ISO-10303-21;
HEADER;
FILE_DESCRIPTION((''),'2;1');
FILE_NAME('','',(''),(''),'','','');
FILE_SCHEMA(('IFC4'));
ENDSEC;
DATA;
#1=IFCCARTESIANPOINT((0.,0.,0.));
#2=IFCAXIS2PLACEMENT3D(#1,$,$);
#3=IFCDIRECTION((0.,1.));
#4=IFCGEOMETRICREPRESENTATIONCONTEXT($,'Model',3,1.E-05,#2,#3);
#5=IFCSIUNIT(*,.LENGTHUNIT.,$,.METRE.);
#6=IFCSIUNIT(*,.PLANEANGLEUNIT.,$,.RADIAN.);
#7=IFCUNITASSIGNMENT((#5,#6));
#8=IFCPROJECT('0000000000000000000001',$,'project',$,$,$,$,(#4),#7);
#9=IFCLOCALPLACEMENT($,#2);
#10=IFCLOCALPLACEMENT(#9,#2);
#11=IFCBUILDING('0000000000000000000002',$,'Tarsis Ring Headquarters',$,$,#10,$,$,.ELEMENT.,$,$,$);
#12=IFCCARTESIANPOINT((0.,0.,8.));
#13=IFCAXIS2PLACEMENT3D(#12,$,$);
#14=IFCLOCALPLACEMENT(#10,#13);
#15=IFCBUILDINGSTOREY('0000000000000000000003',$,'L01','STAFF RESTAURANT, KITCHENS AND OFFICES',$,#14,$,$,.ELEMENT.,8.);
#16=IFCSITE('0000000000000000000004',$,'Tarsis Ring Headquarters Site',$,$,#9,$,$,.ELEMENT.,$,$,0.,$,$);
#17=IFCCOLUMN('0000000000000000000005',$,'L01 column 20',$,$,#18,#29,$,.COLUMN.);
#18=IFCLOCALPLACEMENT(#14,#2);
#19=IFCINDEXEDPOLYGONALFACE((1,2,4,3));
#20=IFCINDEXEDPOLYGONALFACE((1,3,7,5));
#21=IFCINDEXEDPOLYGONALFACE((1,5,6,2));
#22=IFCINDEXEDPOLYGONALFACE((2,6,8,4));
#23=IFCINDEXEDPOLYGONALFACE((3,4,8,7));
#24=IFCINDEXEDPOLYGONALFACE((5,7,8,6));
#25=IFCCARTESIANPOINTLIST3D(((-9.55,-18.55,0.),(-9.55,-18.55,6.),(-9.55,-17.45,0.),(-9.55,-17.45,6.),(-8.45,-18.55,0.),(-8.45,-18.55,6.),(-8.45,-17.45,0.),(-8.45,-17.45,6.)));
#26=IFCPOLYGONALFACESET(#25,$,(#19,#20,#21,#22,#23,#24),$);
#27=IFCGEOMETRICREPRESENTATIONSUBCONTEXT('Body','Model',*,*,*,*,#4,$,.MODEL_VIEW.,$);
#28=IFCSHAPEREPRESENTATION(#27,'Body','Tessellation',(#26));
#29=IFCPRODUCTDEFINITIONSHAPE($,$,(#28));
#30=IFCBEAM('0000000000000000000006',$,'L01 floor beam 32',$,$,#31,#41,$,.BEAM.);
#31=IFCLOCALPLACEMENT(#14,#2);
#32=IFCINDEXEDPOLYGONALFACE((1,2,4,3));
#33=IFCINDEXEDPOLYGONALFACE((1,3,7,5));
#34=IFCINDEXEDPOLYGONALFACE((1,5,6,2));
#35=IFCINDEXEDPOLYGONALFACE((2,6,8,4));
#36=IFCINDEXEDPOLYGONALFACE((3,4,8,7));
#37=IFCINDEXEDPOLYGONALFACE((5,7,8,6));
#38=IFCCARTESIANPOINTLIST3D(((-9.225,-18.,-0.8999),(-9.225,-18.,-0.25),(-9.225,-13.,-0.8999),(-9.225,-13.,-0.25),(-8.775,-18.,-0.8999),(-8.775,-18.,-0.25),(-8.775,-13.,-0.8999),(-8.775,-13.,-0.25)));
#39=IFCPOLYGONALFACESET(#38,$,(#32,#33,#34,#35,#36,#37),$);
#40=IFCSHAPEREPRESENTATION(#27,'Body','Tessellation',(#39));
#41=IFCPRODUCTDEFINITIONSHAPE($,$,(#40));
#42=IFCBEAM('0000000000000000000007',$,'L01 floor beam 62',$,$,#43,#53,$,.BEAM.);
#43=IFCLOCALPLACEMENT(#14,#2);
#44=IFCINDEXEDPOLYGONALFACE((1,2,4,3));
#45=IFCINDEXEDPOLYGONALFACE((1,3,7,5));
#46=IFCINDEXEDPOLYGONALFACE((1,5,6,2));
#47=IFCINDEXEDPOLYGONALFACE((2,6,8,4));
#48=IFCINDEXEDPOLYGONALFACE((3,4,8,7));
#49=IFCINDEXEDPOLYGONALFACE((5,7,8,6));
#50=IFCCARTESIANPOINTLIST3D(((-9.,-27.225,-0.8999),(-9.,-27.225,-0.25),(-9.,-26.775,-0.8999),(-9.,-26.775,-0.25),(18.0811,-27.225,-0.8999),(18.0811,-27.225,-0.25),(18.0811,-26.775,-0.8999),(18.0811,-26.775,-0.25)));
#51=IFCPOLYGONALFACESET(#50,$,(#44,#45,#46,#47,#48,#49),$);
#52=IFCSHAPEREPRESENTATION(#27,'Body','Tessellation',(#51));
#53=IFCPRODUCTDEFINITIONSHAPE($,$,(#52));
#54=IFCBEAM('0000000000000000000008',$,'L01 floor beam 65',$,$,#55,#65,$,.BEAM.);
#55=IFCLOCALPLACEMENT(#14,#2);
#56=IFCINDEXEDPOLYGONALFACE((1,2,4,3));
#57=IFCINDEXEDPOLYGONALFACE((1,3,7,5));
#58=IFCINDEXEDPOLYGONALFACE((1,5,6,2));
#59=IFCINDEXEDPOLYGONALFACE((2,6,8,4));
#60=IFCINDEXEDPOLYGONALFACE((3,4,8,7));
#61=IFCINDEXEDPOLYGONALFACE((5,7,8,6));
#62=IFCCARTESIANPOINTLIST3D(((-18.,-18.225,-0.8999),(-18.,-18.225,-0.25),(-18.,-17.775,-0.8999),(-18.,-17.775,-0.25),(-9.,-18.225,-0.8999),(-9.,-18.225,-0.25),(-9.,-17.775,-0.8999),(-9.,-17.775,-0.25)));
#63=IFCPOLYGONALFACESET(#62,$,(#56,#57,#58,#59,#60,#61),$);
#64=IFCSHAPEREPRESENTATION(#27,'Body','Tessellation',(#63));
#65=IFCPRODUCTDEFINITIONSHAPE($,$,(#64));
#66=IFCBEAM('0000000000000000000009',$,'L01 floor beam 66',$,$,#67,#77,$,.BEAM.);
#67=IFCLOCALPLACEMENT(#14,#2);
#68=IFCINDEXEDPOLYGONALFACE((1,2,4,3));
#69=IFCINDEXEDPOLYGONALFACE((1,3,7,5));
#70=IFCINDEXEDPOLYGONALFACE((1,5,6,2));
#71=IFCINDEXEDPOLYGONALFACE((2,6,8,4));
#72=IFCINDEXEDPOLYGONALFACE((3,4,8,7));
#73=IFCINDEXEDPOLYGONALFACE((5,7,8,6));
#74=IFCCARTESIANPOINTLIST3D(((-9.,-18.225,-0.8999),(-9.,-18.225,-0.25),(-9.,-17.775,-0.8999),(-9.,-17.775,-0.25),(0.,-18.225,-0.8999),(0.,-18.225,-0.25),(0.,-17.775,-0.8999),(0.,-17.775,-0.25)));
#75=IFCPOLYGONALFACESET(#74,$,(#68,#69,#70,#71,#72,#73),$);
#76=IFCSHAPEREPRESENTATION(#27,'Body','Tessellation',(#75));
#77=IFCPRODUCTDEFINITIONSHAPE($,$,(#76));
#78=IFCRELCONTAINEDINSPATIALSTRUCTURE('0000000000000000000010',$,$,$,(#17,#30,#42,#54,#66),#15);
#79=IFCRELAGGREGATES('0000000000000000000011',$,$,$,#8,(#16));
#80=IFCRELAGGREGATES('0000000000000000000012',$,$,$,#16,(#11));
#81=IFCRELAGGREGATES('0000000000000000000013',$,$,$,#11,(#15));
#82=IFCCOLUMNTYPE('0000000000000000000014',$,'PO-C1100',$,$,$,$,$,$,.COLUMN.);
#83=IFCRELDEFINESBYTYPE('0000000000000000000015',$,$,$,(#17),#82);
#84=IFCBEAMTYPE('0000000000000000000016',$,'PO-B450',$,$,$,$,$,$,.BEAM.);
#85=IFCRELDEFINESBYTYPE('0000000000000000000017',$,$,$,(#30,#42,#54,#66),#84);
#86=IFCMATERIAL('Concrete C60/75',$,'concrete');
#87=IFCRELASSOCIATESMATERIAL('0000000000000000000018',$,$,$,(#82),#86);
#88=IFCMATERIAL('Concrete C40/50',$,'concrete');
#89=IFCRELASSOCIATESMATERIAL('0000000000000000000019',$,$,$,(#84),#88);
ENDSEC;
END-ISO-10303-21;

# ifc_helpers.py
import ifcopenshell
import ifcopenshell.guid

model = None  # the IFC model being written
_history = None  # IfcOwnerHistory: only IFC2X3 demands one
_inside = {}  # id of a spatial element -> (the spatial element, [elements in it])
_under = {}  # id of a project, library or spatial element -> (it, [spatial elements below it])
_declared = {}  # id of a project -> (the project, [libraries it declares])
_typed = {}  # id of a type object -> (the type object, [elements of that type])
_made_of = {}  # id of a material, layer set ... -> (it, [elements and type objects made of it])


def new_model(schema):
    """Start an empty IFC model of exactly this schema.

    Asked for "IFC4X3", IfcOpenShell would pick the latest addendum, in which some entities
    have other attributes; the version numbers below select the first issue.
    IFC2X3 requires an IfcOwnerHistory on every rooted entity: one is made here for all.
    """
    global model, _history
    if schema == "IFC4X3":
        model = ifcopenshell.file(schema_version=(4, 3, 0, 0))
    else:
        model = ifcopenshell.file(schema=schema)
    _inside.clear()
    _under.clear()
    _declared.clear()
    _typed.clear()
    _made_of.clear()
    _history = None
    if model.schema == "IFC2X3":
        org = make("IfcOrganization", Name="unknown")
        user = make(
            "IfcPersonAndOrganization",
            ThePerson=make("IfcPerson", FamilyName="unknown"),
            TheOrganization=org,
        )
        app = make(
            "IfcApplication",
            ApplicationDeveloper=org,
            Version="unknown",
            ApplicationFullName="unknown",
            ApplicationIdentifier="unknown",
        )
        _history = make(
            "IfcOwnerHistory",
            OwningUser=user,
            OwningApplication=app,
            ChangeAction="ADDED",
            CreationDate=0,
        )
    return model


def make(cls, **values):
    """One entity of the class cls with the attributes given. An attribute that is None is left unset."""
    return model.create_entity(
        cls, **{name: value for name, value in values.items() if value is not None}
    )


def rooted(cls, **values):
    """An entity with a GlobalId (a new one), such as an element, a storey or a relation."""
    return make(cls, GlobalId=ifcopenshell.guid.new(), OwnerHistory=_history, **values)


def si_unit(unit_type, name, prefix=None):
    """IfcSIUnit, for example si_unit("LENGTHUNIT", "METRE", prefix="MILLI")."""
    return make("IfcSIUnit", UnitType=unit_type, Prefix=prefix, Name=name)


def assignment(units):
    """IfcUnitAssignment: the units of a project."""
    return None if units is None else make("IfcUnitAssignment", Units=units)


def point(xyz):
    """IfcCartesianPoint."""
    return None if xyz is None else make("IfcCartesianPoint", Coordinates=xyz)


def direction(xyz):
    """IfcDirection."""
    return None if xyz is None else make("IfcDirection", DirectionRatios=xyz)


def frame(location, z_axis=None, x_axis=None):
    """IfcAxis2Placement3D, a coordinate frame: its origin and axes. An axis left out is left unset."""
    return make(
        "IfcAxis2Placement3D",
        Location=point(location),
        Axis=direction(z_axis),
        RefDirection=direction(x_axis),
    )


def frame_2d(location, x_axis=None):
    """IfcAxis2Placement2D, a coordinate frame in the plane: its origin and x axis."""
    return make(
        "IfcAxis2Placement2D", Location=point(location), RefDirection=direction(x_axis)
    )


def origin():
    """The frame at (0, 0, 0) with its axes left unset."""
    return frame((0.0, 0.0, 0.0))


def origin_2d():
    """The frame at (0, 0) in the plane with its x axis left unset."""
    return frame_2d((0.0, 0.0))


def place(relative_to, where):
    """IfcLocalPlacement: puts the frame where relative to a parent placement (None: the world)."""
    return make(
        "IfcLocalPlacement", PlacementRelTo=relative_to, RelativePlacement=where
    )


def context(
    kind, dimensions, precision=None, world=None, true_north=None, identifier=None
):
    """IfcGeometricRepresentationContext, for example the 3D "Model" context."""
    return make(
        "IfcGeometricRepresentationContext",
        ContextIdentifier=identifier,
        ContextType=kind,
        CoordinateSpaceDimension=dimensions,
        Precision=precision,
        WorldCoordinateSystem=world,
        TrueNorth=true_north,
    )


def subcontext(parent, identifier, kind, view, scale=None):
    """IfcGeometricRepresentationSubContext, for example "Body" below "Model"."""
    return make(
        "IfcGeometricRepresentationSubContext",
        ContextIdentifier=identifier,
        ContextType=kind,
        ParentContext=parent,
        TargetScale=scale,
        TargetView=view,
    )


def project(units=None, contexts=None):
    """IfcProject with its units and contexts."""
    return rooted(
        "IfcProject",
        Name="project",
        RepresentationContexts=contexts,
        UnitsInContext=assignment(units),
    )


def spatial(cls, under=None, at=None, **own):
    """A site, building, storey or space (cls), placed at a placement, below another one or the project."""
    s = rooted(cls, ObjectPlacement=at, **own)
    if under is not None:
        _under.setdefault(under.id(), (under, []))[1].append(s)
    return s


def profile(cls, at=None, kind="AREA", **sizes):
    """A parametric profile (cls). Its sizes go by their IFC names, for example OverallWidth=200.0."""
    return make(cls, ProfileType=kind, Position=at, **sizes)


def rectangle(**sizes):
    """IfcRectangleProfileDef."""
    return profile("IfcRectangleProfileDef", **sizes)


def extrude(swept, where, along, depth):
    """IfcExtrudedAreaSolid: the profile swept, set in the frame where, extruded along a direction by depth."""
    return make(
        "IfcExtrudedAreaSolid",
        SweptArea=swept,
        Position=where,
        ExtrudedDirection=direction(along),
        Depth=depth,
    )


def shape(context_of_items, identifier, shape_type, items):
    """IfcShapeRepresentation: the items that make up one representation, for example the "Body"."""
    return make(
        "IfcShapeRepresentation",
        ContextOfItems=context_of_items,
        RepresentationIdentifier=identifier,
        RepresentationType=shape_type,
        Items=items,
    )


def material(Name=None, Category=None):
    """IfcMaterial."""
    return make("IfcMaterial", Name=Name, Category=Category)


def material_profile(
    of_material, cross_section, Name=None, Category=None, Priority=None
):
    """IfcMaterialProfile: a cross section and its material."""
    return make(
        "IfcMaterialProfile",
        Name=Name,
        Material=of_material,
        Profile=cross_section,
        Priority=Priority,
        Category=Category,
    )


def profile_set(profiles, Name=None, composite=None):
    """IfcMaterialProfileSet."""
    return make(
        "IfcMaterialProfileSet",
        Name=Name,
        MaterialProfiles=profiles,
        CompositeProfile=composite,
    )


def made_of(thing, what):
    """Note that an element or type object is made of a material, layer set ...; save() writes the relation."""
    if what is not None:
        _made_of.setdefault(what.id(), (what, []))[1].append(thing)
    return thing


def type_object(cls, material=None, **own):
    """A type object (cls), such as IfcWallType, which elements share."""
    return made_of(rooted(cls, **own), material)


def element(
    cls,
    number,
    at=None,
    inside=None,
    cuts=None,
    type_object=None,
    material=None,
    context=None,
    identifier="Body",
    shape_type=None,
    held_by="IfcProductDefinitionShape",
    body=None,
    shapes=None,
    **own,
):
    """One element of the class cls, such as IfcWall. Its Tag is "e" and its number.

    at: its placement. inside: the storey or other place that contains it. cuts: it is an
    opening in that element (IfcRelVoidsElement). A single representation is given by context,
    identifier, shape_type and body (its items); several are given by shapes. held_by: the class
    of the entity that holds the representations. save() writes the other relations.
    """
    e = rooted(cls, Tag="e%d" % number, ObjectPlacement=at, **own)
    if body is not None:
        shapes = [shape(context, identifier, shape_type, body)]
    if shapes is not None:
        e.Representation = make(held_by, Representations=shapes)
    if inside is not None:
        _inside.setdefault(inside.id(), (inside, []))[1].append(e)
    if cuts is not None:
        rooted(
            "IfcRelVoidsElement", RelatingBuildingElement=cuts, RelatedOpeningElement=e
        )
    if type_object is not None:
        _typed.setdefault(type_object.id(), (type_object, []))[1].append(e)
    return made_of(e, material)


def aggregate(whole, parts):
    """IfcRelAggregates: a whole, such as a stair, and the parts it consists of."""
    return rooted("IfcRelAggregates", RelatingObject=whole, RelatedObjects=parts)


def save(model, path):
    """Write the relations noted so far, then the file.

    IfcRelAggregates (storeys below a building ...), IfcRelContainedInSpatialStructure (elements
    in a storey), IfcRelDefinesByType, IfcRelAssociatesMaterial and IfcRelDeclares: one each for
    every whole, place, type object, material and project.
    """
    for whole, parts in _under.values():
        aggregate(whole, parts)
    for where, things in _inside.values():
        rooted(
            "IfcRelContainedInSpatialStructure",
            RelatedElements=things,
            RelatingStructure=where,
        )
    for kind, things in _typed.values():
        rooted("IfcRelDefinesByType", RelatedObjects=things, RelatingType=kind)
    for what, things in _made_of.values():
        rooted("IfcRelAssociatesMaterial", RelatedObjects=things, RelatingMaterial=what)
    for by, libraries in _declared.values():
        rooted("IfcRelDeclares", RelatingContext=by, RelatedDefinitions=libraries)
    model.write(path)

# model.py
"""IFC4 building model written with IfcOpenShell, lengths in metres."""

from ifc_helpers import new_model, si_unit, direction, frame, origin, origin_2d, place, context, subcontext, project, spatial, rectangle, extrude, material, material_profile, profile_set, type_object, element, save


model = new_model("IFC4")

# Units and contexts
model_context = context("Model", 3, precision=1e-05, world=origin(), true_north=direction((0.0, 1.0)))
body_context = subcontext(model_context, "Body", "Model", "MODEL_VIEW")
ifc_project = project(units=[si_unit("LENGTHUNIT", "METRE"), si_unit("PLANEANGLEUNIT", "RADIAN")], contexts=[model_context])

# Site, building, storey
site_placement = place(None, origin())
site = spatial("IfcSite", under=ifc_project, at=site_placement, Name="Tarsis Ring Headquarters Site", CompositionType="ELEMENT", RefElevation=0.0)
building_placement = place(site_placement, origin())
building = spatial("IfcBuilding", under=site, at=building_placement, Name="Tarsis Ring Headquarters", CompositionType="ELEMENT")
storey_placement = place(building_placement, frame((0.0, 0.0, 8.0)))
storey = spatial("IfcBuildingStorey", under=building, at=storey_placement, Name="L01", Description="STAFF RESTAURANT, KITCHENS AND OFFICES", CompositionType="ELEMENT", Elevation=8.0)

# Column
ifc_material_1 = material(Name="Concrete C60/75", Category="concrete")
ifc_material_profile_1 = material_profile(ifc_material_1, rectangle(XDim=1.1001, YDim=1.1001, at=origin_2d()), Name="PO-C1100")
ifc_profile_set_1 = profile_set([ifc_material_profile_1], Name="Concrete C60/75")
column_type = type_object("IfcColumnType", Name="PO-C1100", PredefinedType="COLUMN", material=ifc_profile_set_1)
column_placement = place(storey_placement, frame((-9.0, -18.0, 0.0), z_axis=(0.0, 0.0, 1.0), x_axis=(1.0, 0.0, 0.0)))
element("IfcColumn", 1, at=column_placement, inside=storey, type_object=column_type, Name="L01 column 20", PredefinedType="COLUMN", context=body_context, shape_type="SweptSolid", body=[
    extrude(rectangle(XDim=1.1001, YDim=1.1001, at=origin_2d()), origin(), (0.0, 0.0, 1.0), 6.0),
])

# Beams
ifc_material_2 = material(Name="Concrete C40/50", Category="concrete")
ifc_material_profile_2 = material_profile(ifc_material_2, rectangle(XDim=0.45, YDim=0.6499, at=origin_2d()), Name="PO-B450")
ifc_profile_set_2 = profile_set([ifc_material_profile_2], Name="Concrete C40/50")
beam_type = type_object("IfcBeamType", Name="PO-B450", PredefinedType="BEAM", material=ifc_profile_set_2)
beam_1_placement = place(storey_placement, frame((-9.0, -18.0, -0.575), z_axis=(0.0, 1.0, 0.0), x_axis=(-1.0, 0.0, 0.0)))
element("IfcBeam", 2, at=beam_1_placement, inside=storey, type_object=beam_type, Name="L01 floor beam 32", PredefinedType="BEAM", context=body_context, shape_type="SweptSolid", body=[
    extrude(rectangle(XDim=0.45, YDim=0.6499, at=origin_2d()), origin(), (0.0, 0.0, 1.0), 5.0),
])
beam_2_placement = place(storey_placement, frame((-9.0, -27.0, -0.575), z_axis=(1.0, 0.0, 0.0), x_axis=(0.0, 1.0, 0.0)))
element("IfcBeam", 3, at=beam_2_placement, inside=storey, type_object=beam_type, Name="L01 floor beam 62", PredefinedType="BEAM", context=body_context, shape_type="SweptSolid", body=[
    extrude(rectangle(XDim=0.45, YDim=0.6499, at=origin_2d()), origin(), (0.0, 0.0, 1.0), 27.0811),
])
for number, where, z_axis, x_axis, name in (
    (4, (-18.0, -18.0, -0.575), (1.0, 0.0, 0.0), (0.0, 1.0, 0.0), "L01 floor beam 65"),
    (5, (-9.0, -18.0, -0.575), (1.0, 0.0, 0.0), (0.0, 1.0, 0.0), "L01 floor beam 66"),
):
    element("IfcBeam", number, at=place(storey_placement, frame(where, z_axis=z_axis, x_axis=x_axis)), inside=storey, type_object=beam_type, Name=name, PredefinedType="BEAM", context=body_context, shape_type="SweptSolid", body=[
        extrude(rectangle(XDim=0.45, YDim=0.6499, at=origin_2d()), origin(), (0.0, 0.0, 1.0), 9.0),
    ])

save(model, "model.ifc")
